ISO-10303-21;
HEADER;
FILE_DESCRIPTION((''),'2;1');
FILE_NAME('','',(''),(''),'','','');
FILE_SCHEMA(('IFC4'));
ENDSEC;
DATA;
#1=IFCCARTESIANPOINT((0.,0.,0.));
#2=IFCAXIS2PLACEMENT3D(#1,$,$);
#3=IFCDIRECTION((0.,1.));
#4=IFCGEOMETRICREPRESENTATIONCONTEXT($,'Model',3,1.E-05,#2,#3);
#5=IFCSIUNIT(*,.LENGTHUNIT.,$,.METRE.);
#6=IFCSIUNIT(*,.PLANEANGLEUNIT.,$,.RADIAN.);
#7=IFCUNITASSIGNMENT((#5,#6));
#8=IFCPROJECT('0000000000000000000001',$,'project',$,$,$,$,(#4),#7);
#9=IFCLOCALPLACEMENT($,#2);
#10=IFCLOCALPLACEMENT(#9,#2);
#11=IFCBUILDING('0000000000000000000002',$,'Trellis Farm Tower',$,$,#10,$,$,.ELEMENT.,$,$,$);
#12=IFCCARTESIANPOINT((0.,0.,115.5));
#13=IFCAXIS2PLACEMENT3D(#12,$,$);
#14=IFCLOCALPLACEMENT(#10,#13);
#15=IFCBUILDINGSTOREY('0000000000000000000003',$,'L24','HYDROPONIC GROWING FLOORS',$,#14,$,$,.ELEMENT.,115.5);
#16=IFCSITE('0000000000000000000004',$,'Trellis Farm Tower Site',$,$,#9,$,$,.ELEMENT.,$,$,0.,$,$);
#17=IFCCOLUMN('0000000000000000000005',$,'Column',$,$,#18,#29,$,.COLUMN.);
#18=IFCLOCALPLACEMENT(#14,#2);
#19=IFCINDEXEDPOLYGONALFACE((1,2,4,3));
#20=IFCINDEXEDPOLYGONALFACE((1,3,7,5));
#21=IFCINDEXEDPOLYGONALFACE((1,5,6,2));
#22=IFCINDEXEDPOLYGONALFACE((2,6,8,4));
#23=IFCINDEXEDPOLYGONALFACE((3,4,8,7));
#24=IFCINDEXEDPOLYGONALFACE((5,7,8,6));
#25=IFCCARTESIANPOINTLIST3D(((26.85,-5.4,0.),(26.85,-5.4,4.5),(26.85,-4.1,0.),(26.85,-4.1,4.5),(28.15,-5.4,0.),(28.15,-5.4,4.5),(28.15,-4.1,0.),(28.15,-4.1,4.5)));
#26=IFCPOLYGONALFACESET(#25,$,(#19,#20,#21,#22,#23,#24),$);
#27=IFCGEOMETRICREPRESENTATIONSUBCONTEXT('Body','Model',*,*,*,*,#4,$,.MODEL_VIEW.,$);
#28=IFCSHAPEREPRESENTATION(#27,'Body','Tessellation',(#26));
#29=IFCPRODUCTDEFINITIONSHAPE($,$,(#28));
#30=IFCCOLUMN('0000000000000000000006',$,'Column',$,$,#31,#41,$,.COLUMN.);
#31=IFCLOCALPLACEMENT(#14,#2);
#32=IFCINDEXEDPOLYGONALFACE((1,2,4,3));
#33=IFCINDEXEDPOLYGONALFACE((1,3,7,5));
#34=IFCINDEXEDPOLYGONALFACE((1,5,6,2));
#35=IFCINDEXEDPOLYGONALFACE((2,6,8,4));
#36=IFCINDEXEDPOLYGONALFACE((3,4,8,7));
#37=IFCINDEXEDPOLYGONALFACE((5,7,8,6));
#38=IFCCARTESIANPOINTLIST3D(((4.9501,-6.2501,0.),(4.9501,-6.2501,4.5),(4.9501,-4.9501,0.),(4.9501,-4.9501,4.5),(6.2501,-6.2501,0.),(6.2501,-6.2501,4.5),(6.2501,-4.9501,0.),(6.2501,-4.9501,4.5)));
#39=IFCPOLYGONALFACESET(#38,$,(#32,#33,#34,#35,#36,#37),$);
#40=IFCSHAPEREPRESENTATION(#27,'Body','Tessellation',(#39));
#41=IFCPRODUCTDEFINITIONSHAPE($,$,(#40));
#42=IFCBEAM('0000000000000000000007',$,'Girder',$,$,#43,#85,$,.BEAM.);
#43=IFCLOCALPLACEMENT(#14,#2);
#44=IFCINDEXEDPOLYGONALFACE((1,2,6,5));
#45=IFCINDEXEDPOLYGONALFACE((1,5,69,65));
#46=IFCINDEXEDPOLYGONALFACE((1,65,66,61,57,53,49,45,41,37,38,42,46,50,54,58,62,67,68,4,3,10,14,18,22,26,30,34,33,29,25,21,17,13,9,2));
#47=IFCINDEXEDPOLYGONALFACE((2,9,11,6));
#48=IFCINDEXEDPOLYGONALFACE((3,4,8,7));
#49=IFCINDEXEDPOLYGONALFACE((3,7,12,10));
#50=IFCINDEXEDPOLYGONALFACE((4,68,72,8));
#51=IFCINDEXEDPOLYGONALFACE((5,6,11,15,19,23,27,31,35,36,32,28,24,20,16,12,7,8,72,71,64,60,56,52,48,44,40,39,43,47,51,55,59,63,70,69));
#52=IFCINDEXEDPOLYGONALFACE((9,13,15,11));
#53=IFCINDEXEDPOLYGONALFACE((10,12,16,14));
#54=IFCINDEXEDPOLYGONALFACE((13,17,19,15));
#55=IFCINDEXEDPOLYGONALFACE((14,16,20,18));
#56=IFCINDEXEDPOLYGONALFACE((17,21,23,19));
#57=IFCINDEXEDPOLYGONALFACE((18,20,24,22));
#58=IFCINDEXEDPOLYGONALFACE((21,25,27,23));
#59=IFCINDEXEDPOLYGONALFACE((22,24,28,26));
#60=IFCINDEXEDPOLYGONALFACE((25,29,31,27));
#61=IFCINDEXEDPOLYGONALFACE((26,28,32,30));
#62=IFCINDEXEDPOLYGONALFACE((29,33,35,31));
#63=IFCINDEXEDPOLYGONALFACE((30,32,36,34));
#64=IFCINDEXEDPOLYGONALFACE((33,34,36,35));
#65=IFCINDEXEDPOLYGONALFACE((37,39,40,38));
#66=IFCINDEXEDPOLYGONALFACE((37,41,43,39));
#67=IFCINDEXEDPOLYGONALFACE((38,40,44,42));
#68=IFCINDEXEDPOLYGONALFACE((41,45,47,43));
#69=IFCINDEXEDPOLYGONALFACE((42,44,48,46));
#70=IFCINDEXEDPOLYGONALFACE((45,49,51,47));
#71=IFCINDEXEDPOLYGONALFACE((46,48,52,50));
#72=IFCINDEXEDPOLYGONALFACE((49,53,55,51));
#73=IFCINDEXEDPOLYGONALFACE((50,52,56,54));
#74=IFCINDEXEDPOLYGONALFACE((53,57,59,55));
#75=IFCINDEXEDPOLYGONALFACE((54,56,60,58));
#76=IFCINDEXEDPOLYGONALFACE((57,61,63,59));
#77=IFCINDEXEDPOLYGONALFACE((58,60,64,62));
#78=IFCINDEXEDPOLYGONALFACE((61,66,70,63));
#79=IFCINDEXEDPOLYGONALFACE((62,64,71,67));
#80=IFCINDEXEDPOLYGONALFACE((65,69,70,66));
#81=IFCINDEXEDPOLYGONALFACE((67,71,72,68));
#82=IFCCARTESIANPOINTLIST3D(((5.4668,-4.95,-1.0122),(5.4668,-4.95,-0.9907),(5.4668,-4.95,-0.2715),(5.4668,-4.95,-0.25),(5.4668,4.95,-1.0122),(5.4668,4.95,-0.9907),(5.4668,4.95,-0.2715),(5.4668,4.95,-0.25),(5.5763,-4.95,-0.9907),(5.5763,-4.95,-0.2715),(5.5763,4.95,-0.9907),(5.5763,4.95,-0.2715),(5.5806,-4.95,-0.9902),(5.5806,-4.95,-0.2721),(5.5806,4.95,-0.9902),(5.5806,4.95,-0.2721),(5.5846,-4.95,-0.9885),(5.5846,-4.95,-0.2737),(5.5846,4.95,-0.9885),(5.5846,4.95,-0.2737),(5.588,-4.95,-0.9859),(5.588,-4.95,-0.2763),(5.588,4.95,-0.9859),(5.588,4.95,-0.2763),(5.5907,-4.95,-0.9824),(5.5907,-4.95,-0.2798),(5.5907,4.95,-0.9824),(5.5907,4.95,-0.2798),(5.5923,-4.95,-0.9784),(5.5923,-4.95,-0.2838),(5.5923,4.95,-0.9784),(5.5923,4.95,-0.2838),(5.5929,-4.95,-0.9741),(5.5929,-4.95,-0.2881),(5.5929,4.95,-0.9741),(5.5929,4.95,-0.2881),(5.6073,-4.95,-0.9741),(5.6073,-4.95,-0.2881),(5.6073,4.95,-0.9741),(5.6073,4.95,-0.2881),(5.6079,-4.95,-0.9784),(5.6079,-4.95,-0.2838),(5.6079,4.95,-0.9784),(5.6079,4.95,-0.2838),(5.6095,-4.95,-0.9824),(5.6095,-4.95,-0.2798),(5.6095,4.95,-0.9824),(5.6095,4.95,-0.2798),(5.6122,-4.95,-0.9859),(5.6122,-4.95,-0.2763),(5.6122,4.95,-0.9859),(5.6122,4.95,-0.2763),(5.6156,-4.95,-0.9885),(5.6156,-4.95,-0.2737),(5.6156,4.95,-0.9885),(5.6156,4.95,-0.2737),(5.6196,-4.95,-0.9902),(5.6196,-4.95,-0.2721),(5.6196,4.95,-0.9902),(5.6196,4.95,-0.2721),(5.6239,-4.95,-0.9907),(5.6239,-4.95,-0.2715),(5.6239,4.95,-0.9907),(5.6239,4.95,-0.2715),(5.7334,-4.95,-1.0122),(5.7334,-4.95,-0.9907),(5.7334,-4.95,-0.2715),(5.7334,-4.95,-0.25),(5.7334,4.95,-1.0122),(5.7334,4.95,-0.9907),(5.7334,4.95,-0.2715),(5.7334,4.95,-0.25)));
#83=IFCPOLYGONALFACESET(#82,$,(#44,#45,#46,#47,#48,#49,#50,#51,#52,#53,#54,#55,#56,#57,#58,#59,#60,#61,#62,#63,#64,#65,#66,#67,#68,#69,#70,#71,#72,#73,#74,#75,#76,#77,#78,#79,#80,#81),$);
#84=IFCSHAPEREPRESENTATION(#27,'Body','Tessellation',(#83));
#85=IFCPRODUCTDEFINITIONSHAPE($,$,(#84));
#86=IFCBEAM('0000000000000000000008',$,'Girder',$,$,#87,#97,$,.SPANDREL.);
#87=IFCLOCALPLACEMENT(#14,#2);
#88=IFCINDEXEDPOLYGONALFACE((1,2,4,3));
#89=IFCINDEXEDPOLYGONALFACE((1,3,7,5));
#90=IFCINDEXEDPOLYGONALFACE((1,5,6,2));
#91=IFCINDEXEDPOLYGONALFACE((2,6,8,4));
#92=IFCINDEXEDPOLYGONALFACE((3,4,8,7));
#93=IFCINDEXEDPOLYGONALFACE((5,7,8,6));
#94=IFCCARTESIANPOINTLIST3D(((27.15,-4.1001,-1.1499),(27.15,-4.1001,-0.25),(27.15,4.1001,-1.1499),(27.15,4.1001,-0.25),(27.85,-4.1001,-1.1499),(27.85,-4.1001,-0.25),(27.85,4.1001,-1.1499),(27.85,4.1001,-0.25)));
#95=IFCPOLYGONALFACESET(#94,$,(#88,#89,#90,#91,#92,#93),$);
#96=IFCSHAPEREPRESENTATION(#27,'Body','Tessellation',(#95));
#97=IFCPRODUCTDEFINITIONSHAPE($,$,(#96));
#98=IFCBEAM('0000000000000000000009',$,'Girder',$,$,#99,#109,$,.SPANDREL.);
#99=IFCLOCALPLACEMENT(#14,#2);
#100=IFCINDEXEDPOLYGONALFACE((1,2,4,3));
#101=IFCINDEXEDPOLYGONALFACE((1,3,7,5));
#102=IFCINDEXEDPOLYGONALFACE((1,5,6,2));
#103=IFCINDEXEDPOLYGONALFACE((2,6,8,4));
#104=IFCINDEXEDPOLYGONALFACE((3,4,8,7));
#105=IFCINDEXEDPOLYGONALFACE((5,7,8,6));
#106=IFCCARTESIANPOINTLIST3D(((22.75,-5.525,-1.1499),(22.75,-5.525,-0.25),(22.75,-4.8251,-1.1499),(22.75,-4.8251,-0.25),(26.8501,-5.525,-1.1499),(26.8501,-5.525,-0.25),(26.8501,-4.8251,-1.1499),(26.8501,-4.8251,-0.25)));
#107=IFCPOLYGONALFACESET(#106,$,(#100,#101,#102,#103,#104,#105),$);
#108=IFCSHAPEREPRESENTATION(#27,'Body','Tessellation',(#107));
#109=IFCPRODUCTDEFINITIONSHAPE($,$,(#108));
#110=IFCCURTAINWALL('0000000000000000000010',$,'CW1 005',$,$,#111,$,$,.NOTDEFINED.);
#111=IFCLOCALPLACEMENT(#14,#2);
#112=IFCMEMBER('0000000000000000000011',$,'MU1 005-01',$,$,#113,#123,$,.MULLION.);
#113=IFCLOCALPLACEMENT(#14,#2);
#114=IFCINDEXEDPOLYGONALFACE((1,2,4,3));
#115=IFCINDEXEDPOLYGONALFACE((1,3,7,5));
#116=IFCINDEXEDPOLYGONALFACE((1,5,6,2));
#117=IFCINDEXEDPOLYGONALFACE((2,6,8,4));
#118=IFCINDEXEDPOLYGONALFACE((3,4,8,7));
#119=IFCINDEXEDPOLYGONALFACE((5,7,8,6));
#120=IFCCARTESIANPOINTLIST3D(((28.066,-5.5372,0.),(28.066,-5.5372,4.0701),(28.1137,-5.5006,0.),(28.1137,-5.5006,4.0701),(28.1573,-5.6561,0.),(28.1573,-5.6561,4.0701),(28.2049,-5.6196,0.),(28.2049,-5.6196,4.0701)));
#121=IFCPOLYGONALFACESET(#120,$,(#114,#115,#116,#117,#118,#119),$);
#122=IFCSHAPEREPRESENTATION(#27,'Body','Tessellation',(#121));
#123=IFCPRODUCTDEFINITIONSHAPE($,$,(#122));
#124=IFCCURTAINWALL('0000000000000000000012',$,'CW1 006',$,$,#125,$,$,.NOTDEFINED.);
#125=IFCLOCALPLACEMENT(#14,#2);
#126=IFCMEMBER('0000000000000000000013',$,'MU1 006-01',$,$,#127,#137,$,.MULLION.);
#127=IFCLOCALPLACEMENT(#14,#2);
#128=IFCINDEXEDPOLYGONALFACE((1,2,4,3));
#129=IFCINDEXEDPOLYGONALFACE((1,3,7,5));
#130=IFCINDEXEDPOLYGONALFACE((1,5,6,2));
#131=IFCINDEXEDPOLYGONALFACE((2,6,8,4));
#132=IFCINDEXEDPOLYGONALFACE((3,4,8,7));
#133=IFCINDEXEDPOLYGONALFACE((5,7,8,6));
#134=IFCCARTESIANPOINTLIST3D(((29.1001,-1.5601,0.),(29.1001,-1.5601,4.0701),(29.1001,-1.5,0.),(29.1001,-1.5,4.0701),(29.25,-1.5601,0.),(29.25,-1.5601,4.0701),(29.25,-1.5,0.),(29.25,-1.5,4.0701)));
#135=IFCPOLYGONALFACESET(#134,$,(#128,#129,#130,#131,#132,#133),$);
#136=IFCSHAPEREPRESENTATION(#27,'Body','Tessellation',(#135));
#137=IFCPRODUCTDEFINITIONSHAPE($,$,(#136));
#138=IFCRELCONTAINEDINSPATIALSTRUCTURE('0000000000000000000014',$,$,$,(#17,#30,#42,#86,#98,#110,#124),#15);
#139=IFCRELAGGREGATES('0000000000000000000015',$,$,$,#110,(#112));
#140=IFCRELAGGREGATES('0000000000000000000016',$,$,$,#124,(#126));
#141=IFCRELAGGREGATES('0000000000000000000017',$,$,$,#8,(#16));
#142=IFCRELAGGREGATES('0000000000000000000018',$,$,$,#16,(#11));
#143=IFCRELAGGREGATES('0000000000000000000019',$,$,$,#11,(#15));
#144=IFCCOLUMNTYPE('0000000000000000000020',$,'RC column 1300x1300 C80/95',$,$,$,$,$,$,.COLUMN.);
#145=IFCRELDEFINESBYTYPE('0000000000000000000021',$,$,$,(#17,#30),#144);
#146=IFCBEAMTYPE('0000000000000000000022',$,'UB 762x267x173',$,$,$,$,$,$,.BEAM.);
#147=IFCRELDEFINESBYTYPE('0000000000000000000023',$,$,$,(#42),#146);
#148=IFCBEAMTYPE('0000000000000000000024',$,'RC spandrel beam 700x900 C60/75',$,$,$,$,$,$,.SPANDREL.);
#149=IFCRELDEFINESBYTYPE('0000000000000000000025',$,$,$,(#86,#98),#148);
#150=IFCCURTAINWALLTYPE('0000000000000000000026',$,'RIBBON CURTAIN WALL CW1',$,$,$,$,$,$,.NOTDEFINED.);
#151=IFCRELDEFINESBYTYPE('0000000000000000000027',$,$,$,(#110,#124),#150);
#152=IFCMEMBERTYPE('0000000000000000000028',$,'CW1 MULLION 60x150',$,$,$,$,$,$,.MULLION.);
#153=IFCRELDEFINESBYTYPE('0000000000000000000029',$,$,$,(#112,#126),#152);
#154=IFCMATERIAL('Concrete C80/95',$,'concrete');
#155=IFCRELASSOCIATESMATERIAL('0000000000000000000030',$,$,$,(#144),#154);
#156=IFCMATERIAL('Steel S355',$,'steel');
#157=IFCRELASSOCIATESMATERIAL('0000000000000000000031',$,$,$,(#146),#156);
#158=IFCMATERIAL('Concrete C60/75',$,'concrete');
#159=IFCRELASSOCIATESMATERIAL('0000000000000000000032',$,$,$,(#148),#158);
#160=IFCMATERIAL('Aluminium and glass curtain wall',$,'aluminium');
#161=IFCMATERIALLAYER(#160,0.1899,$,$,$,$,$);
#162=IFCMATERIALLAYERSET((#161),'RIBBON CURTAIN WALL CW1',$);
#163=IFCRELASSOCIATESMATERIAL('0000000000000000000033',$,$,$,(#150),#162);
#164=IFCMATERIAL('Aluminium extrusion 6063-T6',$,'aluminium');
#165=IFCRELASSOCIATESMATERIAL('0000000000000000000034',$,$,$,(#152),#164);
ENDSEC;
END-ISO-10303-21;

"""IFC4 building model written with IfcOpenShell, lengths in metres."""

from ifc_helpers import new_model, si_unit, direction, frame, origin, origin_2d, place, context, subcontext, project, spatial, rectangle, i_section, extrude, source, transform, mapped, material, layer, layer_set, material_profile, profile_set, type_object, element, aggregate, save


model = new_model("IFC4")

# Units and contexts
model_context = context("Model", 3, precision=1e-05, world=origin(), true_north=direction((0.0, 1.0)))
body_context = subcontext(model_context, "Body", "Model", "MODEL_VIEW")
ifc_project = project(units=[si_unit("LENGTHUNIT", "METRE"), si_unit("PLANEANGLEUNIT", "RADIAN")], contexts=[model_context])

# Site, building, storey
site_placement = place(None, origin())
site = spatial("IfcSite", under=ifc_project, at=site_placement, Name="Trellis Farm Tower Site", CompositionType="ELEMENT", RefElevation=0.0)
building_placement = place(site_placement, origin())
building = spatial("IfcBuilding", under=site, at=building_placement, Name="Trellis Farm Tower", CompositionType="ELEMENT")
storey_placement = place(building_placement, frame((0.0, 0.0, 115.5)))
storey = spatial("IfcBuildingStorey", under=building, at=storey_placement, Name="L24", Description="HYDROPONIC GROWING FLOORS", CompositionType="ELEMENT", Elevation=115.5)

# Columns
ifc_material_1 = material(Name="Concrete C80/95", Category="concrete")
ifc_material_profile_1 = material_profile(ifc_material_1, rectangle(XDim=1.3, YDim=1.3, at=origin_2d()), Name="RC column 1300x1300 C80/95")
ifc_profile_set_1 = profile_set([ifc_material_profile_1], Name="Concrete C80/95")
column_type = type_object("IfcColumnType", Name="RC column 1300x1300 C80/95", PredefinedType="COLUMN", material=ifc_profile_set_1)
shared_shape_1 = source(origin(), body_context, "Body", "SweptSolid", [
    extrude(rectangle(XDim=1.3, YDim=1.3, at=origin_2d()), origin(), (0.0, 0.0, 1.0), 4.5),
])
for number, where, z_axis, x_axis, name in (
    (1, (27.5, -4.75, 0.0), (0.0, 0.0, 1.0), (1.0, 0.0, 0.0), "Column"),
    (2, (5.6001, -5.6001, 0.0), (0.0, 0.0, 1.0), (1.0, 0.0, 0.0), "Column"),
):
    element("IfcColumn", number, at=place(storey_placement, frame(where, z_axis=z_axis, x_axis=x_axis)), inside=storey, type_object=column_type, Name=name, PredefinedType="COLUMN", context=body_context, shape_type="MappedRepresentation", body=[
        mapped(shared_shape_1, transform((0.0, 0.0, 0.0))),
    ])

# Beams
ifc_material_2 = material(Name="Steel S355", Category="steel")
ifc_material_profile_2 = material_profile(ifc_material_2, i_section(OverallWidth=0.2666, OverallDepth=0.7622, WebThickness=0.0144, FlangeThickness=0.0215, FilletRadius=0.0166, at=origin_2d()), Name="UB 762x267x173")
ifc_profile_set_2 = profile_set([ifc_material_profile_2], Name="Steel S355")
beam_type_1 = type_object("IfcBeamType", Name="UB 762x267x173", PredefinedType="BEAM", material=ifc_profile_set_2)
shared_shape_2 = source(origin(), body_context, "Body", "SweptSolid", [
    extrude(i_section(OverallWidth=0.2666, OverallDepth=0.7622, WebThickness=0.0144, FlangeThickness=0.0215, FilletRadius=0.0166, at=origin_2d()), origin(), (0.0, 0.0, 1.0), 9.8999),
])
beam_1_placement = place(storey_placement, frame((5.6001, -4.95, -0.6311), z_axis=(0.0, 1.0, 0.0), x_axis=(-1.0, 0.0, 0.0)))
element("IfcBeam", 3, at=beam_1_placement, inside=storey, type_object=beam_type_1, Name="Girder", PredefinedType="BEAM", context=body_context, shape_type="MappedRepresentation", body=[
    mapped(shared_shape_2, transform((0.0, 0.0, 0.0))),
])
ifc_material_3 = material(Name="Concrete C60/75", Category="concrete")
ifc_material_profile_3 = material_profile(ifc_material_3, rectangle(XDim=0.7, YDim=0.8999, at=origin_2d()), Name="RC spandrel beam 700x900 C60/75")
ifc_profile_set_3 = profile_set([ifc_material_profile_3], Name="Concrete C60/75")
beam_type_2 = type_object("IfcBeamType", Name="RC spandrel beam 700x900 C60/75", PredefinedType="SPANDREL", material=ifc_profile_set_3)
shared_shape_3 = source(origin(), body_context, "Body", "SweptSolid", [
    extrude(rectangle(XDim=0.7, YDim=0.8999, at=origin_2d()), origin(), (0.0, 0.0, 1.0), 8.2002),
])
beam_2_placement = place(storey_placement, frame((27.5, -4.1001, -0.7), z_axis=(0.0, 1.0, 0.0), x_axis=(-1.0, 0.0, 0.0)))
element("IfcBeam", 4, at=beam_2_placement, inside=storey, type_object=beam_type_2, Name="Girder", PredefinedType="SPANDREL", context=body_context, shape_type="MappedRepresentation", body=[
    mapped(shared_shape_3, transform((0.0, 0.0, 0.0))),
])
shared_shape_4 = source(origin(), body_context, "Body", "SweptSolid", [
    extrude(rectangle(XDim=0.7, YDim=0.8999, at=origin_2d()), origin(), (0.0, 0.0, 1.0), 4.1001),
])
beam_3_placement = place(storey_placement, frame((22.75, -5.175, -0.7), z_axis=(1.0, 0.0, 0.0), x_axis=(0.0, 1.0, 0.0)))
element("IfcBeam", 5, at=beam_3_placement, inside=storey, type_object=beam_type_2, Name="Girder", PredefinedType="SPANDREL", context=body_context, shape_type="MappedRepresentation", body=[
    mapped(shared_shape_4, transform((0.0, 0.0, 0.0))),
])

# Curtain walls, members
ifc_material_4 = material(Name="Aluminium and glass curtain wall", Category="aluminium")
ifc_layer_1 = layer(ifc_material_4, 0.1899)
ifc_layer_set_1 = layer_set([ifc_layer_1], Name="RIBBON CURTAIN WALL CW1")
curtain_wall_type = type_object("IfcCurtainWallType", Name="RIBBON CURTAIN WALL CW1", PredefinedType="NOTDEFINED", material=ifc_layer_set_1)
placement = place(storey_placement, origin())
curtain_wall_1 = element("IfcCurtainWall", 6, at=placement, inside=storey, type_object=curtain_wall_type, Name="CW1 005", PredefinedType="NOTDEFINED")
ifc_material_5 = material(Name="Aluminium extrusion 6063-T6", Category="aluminium")
ifc_material_profile_4 = material_profile(ifc_material_5, rectangle(XDim=0.0601, YDim=0.1499, at=origin_2d()), Name="MULLION 60x150")
ifc_profile_set_4 = profile_set([ifc_material_profile_4], Name="Aluminium extrusion 6063-T6")
member_type = type_object("IfcMemberType", Name="CW1 MULLION 60x150", PredefinedType="MULLION", material=ifc_profile_set_4)
shared_shape_5 = source(origin(), body_context, "Body", "SweptSolid", [
    extrude(rectangle(XDim=0.0601, YDim=0.1499, at=origin_2d()), origin(), (0.0, 0.0, 1.0), 4.0701),
])
member_1_placement = place(storey_placement, frame((28.1355, -5.5784, 0.0), z_axis=(0.0, 0.0, 1.0), x_axis=(0.793353, 0.608761, 0.0)))
member_1 = element("IfcMember", 7, at=member_1_placement, type_object=member_type, Name="MU1 005-01", PredefinedType="MULLION", context=body_context, shape_type="MappedRepresentation", body=[
    mapped(shared_shape_5, transform((0.0, 0.0, 0.0))),
])
aggregate(curtain_wall_1, [member_1])
curtain_wall_2 = element("IfcCurtainWall", 8, at=placement, inside=storey, type_object=curtain_wall_type, Name="CW1 006", PredefinedType="NOTDEFINED")
member_2_placement = place(storey_placement, frame((29.175, -1.53, 0.0), z_axis=(0.0, 0.0, 1.0), x_axis=(0.0, 1.0, 0.0)))
member_2 = element("IfcMember", 9, at=member_2_placement, type_object=member_type, Name="MU1 006-01", PredefinedType="MULLION", context=body_context, shape_type="MappedRepresentation", body=[
    mapped(shared_shape_5, transform((0.0, 0.0, 0.0))),
])
aggregate(curtain_wall_2, [member_2])

save(model, "model.ifc")
